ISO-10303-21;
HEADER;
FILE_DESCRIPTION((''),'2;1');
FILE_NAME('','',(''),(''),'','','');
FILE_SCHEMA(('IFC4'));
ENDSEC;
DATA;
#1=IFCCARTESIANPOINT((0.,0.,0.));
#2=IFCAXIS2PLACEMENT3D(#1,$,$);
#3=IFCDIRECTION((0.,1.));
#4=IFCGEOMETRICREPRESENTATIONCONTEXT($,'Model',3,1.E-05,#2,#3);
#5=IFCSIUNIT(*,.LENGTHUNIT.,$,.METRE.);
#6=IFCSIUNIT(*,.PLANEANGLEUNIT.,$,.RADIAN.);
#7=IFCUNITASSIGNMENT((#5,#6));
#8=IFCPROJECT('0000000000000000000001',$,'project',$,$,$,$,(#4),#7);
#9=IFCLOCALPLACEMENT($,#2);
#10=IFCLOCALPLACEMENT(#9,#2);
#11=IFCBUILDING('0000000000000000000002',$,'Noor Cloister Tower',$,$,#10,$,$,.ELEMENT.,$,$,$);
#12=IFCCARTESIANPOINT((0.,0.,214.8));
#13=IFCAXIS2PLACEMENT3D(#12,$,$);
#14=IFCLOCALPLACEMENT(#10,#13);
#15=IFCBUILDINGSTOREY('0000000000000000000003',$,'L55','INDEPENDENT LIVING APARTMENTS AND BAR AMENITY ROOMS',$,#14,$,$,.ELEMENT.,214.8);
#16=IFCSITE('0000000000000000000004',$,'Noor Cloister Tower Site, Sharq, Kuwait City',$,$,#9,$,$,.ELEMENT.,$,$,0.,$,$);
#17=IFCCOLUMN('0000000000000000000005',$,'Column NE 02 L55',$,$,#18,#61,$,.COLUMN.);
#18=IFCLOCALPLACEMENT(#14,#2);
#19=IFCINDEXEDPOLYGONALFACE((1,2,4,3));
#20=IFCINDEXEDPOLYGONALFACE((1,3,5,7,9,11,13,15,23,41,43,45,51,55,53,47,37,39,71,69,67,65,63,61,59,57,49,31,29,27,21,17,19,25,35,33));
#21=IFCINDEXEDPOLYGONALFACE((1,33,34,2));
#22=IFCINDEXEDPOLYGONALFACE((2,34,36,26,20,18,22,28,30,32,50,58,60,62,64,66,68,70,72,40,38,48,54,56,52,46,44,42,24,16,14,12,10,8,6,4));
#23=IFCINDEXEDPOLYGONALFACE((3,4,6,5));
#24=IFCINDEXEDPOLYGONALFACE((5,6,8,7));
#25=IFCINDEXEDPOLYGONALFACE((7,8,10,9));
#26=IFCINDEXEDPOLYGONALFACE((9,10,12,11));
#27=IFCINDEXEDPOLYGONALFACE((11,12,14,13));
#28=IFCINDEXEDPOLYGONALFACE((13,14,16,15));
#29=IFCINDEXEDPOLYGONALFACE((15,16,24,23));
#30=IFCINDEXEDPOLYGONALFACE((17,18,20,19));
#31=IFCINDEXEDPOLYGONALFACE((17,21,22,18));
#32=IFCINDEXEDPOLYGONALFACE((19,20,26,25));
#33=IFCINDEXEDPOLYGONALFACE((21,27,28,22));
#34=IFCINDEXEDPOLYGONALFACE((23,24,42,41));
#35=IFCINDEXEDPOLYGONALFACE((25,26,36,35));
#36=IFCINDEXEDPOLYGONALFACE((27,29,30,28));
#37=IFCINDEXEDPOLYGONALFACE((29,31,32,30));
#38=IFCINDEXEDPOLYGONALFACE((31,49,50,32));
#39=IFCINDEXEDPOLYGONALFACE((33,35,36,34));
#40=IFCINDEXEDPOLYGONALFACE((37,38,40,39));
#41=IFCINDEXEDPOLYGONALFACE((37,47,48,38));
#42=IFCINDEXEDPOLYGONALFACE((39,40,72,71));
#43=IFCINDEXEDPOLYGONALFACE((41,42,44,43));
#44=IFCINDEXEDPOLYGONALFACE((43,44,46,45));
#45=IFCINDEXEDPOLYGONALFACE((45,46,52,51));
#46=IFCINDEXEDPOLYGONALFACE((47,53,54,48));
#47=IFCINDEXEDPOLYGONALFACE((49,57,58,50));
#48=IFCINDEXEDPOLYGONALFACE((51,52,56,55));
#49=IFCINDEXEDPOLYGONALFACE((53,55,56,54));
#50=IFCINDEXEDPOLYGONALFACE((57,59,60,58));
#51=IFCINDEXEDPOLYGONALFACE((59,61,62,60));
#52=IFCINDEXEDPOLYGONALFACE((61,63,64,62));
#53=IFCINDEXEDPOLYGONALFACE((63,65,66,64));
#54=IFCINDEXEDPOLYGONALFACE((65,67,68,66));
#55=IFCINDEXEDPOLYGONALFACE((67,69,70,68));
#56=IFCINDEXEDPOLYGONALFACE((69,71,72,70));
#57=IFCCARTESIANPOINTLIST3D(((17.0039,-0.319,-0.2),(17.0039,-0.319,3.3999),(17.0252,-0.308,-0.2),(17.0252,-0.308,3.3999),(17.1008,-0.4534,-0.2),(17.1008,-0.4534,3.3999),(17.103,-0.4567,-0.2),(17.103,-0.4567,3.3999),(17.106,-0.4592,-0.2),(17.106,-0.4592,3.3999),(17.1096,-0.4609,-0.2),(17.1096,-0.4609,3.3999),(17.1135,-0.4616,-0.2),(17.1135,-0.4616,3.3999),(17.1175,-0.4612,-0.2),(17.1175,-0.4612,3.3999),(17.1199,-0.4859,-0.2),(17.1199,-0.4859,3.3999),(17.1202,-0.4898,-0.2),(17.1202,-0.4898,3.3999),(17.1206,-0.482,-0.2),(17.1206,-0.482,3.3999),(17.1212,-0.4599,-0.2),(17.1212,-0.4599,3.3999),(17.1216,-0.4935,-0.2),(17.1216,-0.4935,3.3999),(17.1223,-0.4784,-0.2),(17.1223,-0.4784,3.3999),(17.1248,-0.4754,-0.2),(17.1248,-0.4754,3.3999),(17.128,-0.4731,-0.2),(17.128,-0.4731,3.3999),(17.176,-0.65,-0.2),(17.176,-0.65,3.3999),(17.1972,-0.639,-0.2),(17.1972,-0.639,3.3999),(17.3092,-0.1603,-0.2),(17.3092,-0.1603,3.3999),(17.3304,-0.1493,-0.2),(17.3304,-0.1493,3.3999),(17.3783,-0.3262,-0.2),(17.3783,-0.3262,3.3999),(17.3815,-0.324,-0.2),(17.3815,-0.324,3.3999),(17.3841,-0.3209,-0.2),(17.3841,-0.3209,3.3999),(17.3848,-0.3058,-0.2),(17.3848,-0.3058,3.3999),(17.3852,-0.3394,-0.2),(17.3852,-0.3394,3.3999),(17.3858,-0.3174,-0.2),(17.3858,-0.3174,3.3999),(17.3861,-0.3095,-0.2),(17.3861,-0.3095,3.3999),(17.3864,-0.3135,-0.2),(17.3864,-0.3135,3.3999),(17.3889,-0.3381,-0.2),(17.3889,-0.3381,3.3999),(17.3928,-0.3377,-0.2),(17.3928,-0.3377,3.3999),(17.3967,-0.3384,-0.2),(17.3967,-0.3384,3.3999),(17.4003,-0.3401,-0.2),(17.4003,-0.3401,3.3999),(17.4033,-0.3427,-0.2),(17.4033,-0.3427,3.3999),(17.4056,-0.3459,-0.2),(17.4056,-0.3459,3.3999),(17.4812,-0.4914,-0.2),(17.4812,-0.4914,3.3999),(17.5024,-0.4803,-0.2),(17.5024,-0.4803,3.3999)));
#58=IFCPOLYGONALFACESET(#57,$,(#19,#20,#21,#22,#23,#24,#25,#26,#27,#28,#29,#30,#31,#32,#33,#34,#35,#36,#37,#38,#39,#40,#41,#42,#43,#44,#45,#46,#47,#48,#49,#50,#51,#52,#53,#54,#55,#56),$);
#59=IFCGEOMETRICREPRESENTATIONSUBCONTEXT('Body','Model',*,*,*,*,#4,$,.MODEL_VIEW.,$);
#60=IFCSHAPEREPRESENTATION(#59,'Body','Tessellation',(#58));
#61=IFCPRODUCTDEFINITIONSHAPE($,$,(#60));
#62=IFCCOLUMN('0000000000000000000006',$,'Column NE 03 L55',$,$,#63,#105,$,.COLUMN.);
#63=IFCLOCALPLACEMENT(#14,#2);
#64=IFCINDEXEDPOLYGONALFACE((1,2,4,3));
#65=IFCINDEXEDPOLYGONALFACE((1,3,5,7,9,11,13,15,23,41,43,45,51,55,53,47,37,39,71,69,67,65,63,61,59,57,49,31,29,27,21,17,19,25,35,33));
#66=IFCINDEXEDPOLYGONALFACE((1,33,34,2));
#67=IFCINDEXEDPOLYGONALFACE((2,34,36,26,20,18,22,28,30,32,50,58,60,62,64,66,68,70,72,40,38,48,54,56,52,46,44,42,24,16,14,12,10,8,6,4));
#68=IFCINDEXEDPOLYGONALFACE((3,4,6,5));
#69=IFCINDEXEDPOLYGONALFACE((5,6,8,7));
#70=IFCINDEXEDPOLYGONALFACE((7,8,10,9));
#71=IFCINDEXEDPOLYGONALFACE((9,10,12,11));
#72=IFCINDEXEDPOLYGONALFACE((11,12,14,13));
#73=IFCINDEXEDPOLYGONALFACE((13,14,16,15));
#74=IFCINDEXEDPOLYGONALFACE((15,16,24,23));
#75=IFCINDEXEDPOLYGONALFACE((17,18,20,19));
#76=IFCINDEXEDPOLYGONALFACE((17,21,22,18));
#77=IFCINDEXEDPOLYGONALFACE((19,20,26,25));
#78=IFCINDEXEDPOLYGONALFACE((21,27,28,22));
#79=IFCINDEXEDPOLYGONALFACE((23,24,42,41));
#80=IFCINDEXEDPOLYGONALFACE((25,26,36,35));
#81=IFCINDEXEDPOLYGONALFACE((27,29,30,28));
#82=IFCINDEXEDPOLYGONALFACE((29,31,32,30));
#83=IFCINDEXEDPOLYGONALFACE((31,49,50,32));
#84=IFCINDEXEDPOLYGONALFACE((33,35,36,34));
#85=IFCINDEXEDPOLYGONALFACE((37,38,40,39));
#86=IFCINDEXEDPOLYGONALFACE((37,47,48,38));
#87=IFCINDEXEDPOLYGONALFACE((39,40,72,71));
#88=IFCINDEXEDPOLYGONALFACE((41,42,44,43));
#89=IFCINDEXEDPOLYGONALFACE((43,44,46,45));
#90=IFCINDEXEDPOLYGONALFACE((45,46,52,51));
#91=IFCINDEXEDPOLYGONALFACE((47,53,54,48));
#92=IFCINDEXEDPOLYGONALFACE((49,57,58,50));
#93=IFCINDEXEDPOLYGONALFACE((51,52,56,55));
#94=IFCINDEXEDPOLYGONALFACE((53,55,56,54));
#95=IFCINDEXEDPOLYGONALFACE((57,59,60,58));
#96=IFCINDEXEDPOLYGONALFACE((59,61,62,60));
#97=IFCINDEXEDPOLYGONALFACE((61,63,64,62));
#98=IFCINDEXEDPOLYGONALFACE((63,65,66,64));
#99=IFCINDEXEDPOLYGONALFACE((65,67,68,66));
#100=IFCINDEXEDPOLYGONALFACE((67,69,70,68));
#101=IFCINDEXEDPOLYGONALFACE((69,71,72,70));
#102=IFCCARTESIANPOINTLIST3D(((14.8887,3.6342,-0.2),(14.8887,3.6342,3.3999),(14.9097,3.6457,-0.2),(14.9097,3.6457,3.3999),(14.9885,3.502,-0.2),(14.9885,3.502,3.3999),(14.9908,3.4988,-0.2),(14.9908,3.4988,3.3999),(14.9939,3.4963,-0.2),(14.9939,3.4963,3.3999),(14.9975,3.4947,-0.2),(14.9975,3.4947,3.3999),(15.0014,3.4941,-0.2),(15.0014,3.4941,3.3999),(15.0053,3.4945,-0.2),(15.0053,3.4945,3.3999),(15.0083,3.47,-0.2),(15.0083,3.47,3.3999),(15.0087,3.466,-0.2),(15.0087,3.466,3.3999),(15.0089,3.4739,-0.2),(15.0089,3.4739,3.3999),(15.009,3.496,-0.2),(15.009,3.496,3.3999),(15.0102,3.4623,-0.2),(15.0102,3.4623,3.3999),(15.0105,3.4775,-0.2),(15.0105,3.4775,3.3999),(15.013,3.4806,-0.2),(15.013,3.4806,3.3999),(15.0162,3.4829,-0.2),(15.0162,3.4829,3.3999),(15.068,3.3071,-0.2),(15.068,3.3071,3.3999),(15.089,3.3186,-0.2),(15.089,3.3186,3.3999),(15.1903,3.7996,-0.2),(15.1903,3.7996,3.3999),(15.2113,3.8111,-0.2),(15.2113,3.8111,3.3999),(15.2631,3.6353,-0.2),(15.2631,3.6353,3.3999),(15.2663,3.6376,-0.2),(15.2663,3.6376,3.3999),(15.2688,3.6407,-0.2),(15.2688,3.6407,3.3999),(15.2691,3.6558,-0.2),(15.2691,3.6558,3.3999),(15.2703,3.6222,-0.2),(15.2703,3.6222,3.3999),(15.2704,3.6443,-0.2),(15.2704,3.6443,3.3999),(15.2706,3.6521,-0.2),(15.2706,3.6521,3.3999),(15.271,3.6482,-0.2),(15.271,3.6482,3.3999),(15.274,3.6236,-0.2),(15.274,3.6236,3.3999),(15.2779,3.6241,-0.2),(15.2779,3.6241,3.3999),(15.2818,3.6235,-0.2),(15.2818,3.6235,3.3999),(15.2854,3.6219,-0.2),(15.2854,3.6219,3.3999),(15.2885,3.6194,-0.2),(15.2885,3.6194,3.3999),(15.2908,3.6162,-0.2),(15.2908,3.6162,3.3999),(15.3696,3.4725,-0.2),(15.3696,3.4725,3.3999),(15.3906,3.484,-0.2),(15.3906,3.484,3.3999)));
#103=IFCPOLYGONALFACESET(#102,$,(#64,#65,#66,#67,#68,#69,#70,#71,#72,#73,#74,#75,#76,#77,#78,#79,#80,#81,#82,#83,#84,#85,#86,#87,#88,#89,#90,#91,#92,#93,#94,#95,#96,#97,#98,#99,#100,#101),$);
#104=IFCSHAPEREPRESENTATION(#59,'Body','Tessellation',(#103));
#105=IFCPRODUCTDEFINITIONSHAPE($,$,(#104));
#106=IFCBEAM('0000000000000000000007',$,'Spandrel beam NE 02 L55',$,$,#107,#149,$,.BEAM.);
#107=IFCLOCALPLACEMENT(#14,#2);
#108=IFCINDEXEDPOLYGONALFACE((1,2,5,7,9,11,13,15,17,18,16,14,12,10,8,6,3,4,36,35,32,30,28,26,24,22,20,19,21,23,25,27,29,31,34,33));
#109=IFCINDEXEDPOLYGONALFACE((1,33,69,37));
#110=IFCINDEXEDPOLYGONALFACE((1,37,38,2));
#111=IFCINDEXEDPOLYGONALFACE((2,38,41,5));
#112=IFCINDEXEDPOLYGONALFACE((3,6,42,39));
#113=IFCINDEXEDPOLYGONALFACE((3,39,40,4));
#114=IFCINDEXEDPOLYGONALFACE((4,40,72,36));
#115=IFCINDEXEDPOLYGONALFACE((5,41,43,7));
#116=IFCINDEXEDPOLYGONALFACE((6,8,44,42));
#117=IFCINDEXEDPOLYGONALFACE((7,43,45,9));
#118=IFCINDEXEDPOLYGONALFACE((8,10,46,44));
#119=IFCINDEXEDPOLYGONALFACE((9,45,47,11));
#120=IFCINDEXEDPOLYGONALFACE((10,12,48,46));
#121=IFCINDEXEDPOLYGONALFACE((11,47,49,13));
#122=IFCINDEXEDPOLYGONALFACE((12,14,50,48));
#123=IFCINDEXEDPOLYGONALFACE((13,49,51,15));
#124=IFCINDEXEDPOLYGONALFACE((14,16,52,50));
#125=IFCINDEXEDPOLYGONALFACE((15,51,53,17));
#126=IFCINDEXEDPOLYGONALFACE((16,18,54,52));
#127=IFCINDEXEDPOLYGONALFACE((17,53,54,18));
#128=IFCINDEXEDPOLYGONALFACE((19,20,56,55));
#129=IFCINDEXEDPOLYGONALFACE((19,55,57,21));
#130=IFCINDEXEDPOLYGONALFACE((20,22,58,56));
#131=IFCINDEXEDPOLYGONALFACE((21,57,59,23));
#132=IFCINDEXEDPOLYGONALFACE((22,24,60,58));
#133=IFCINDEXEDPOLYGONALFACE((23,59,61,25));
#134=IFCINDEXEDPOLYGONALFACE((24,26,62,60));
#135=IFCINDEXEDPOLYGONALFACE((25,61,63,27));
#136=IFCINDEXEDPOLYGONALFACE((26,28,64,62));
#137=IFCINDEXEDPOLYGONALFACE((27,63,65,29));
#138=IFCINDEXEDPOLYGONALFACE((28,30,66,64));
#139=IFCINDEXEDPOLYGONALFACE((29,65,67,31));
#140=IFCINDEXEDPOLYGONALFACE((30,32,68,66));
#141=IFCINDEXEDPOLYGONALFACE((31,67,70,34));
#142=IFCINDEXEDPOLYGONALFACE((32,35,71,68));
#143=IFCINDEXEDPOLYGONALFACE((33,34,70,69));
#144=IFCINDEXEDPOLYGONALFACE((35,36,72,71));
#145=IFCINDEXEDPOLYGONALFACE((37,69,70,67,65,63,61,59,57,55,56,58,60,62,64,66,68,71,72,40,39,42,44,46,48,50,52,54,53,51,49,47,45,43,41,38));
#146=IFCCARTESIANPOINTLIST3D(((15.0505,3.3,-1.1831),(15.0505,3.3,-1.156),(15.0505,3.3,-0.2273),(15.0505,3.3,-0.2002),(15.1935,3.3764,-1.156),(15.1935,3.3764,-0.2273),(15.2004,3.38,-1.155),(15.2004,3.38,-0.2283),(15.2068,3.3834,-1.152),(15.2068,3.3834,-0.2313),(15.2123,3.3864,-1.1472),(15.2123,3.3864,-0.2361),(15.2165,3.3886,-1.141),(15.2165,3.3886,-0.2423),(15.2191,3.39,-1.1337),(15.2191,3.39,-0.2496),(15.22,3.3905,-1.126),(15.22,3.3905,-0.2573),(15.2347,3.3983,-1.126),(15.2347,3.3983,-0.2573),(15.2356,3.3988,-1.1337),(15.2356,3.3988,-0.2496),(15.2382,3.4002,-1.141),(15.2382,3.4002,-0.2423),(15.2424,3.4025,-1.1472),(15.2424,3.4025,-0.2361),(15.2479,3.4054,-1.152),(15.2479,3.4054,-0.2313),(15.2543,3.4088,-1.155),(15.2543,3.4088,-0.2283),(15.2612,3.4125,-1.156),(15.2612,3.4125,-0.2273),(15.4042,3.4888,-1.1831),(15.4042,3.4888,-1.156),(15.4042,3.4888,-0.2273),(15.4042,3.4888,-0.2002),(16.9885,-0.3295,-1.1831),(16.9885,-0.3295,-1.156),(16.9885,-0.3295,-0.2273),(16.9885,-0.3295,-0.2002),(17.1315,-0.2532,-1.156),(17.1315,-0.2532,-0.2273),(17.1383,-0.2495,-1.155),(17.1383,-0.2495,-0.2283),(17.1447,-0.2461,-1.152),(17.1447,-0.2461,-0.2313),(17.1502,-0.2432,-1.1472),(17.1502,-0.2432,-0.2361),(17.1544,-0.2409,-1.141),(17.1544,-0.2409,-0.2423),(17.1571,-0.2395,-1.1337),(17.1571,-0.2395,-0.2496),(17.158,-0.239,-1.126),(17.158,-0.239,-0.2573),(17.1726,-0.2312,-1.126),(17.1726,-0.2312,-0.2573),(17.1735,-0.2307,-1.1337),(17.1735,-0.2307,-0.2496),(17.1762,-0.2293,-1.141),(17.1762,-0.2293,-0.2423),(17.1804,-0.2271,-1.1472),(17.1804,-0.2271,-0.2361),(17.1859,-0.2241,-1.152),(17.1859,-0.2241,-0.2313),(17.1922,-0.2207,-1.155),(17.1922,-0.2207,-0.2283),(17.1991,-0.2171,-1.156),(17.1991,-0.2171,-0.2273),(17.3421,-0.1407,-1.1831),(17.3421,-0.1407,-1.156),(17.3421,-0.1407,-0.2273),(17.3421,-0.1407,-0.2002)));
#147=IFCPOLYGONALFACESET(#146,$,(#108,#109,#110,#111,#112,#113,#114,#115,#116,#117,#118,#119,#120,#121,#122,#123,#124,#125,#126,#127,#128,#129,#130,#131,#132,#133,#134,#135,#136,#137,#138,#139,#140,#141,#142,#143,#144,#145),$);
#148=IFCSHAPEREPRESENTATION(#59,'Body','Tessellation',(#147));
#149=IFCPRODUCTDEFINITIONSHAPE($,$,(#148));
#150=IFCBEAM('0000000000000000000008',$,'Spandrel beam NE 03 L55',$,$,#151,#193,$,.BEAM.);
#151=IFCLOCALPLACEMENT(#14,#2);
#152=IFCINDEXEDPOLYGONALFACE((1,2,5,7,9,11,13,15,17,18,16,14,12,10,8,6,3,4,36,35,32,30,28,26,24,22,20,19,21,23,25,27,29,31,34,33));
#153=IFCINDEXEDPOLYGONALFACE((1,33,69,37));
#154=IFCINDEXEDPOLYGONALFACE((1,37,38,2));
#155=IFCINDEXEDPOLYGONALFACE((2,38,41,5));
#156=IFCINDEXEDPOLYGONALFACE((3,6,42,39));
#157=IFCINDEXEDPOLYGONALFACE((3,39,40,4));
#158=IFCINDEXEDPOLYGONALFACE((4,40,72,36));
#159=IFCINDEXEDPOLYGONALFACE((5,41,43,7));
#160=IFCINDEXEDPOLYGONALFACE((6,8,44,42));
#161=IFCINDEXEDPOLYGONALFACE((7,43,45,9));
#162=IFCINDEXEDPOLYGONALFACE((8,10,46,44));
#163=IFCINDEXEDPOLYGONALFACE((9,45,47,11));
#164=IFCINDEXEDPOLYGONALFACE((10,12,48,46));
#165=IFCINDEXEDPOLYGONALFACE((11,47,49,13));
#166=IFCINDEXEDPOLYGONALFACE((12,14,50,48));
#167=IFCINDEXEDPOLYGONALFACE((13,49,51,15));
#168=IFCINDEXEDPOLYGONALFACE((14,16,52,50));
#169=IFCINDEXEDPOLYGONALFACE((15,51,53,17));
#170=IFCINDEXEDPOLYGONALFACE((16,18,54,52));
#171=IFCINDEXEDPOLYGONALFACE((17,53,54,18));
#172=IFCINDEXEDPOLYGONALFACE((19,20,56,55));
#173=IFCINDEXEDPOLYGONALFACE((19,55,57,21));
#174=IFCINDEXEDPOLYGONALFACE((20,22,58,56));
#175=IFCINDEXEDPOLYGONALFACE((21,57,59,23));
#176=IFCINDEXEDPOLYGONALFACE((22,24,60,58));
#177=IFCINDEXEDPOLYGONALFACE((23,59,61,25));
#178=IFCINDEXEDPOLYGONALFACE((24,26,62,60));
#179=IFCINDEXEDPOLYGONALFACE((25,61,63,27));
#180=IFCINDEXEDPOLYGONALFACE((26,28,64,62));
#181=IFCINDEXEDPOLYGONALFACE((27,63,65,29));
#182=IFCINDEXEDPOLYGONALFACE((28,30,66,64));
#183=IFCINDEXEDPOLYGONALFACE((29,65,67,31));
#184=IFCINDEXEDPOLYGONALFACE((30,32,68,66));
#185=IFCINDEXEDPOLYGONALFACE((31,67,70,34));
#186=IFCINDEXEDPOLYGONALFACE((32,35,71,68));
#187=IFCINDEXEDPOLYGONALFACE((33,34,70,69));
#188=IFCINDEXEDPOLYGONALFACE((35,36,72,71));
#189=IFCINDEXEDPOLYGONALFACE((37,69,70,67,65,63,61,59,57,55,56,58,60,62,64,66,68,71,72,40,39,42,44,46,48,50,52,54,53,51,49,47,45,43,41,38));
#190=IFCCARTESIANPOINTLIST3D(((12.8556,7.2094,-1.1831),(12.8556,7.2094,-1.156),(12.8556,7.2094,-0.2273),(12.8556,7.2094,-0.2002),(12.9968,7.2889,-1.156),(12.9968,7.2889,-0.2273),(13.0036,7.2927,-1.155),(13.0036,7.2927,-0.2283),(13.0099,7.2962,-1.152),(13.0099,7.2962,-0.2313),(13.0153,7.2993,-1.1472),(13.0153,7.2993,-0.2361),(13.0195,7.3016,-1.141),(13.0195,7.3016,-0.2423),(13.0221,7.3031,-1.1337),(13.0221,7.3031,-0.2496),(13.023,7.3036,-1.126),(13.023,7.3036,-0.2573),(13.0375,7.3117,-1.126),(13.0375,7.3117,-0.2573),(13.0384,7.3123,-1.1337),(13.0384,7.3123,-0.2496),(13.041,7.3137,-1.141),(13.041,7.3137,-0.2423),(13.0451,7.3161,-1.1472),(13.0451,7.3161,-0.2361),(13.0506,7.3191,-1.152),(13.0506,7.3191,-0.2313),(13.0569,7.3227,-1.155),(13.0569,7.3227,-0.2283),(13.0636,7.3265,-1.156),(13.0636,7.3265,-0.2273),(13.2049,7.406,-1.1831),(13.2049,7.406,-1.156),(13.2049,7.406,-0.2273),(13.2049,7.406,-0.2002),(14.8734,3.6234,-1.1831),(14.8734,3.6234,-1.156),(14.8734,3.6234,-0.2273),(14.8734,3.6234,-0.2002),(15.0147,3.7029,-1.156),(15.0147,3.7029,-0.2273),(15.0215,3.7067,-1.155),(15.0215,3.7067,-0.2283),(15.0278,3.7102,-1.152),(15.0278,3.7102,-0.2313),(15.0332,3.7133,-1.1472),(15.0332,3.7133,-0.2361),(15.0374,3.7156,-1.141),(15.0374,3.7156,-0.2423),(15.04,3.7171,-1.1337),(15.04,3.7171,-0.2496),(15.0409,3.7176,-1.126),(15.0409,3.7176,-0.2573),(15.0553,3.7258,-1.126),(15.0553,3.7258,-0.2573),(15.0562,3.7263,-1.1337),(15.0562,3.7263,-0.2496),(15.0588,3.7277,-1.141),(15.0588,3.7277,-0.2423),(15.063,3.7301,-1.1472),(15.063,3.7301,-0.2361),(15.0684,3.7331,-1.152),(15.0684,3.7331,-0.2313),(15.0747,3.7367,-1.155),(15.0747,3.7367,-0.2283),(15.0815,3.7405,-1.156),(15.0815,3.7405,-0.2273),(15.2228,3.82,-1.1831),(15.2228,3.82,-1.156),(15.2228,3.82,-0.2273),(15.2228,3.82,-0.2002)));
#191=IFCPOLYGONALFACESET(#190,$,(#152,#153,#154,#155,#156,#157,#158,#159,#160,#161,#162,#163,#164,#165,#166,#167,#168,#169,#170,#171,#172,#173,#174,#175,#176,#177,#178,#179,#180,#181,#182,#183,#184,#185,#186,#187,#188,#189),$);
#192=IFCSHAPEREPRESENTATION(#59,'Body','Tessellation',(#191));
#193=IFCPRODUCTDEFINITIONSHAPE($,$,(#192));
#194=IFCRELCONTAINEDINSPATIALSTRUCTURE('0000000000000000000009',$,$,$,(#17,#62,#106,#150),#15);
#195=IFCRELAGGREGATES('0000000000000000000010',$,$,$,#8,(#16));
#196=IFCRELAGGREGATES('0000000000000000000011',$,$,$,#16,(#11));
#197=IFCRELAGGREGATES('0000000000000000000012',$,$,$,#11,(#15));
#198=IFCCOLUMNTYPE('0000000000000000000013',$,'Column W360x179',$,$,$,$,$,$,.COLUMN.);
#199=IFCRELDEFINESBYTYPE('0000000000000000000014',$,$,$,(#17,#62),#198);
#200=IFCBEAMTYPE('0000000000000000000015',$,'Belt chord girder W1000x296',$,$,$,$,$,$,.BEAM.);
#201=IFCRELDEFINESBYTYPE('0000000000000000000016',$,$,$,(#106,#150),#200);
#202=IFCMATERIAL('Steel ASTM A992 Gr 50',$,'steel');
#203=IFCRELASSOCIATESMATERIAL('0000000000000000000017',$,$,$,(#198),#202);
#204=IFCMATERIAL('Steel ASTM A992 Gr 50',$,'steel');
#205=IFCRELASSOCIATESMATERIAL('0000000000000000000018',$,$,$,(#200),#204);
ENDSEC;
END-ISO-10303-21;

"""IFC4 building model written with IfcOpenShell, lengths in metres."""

from ifc_helpers import new_model, si_unit, direction, frame, origin, origin_2d, place, context, subcontext, project, spatial, i_section, extrude, material, material_profile, profile_set, type_object, element, save


model = new_model("IFC4")

# Units and contexts
model_context = context("Model", 3, precision=1e-05, world=origin(), true_north=direction((0.0, 1.0)))
body_context = subcontext(model_context, "Body", "Model", "MODEL_VIEW")
ifc_project = project(units=[si_unit("LENGTHUNIT", "METRE"), si_unit("PLANEANGLEUNIT", "RADIAN")], contexts=[model_context])

# Site, building, storey
site_placement = place(None, origin())
site = spatial("IfcSite", under=ifc_project, at=site_placement, Name="Noor Cloister Tower Site, Sharq, Kuwait City", CompositionType="ELEMENT", RefElevation=0.0)
building_placement = place(site_placement, origin())
building = spatial("IfcBuilding", under=site, at=building_placement, Name="Noor Cloister Tower", CompositionType="ELEMENT")
storey_placement = place(building_placement, frame((0.0, 0.0, 214.8)))
storey = spatial("IfcBuildingStorey", under=building, at=storey_placement, Name="L55", Description="INDEPENDENT LIVING APARTMENTS AND BAR AMENITY ROOMS", CompositionType="ELEMENT", Elevation=214.8)

# Columns
ifc_material_1 = material(Name="Steel ASTM A992 Gr 50", Category="steel")
ifc_material_profile_1 = material_profile(ifc_material_1, i_section(OverallWidth=0.373, OverallDepth=0.3679, WebThickness=0.0149, FlangeThickness=0.0239, FilletRadius=0.0151, at=origin_2d()), Name="W360x179")
ifc_profile_set_1 = profile_set([ifc_material_profile_1], Name="Steel ASTM A992 Gr 50")
column_type = type_object("IfcColumnType", Name="Column W360x179", PredefinedType="COLUMN", material=ifc_profile_set_1)
for number, where, z_axis, x_axis, name in (
    (1, (17.2532, -0.3997, -0.2), (0.0, 0.0, 1.0), (-0.461186, 0.887303, 0.0), "Column NE 02 L55"),
    (2, (15.1396, 3.5591, -0.2), (0.0, 0.0, 1.0), (-0.480711, 0.876879, 0.0), "Column NE 03 L55"),
):
    element("IfcColumn", number, at=place(storey_placement, frame(where, z_axis=z_axis, x_axis=x_axis)), inside=storey, type_object=column_type, Name=name, PredefinedType="COLUMN", context=body_context, shape_type="SweptSolid", body=[
        extrude(i_section(OverallWidth=0.373, OverallDepth=0.3679, WebThickness=0.0149, FlangeThickness=0.0239, FilletRadius=0.0151, at=origin_2d()), origin(), (0.0, 0.0, 1.0), 3.5999),
    ])

# Beams
ifc_material_2 = material(Name="Steel ASTM A992 Gr 50", Category="steel")
ifc_material_profile_2 = material_profile(ifc_material_2, i_section(OverallWidth=0.4009, OverallDepth=0.9829, WebThickness=0.0166, FlangeThickness=0.0271, FilletRadius=0.03, at=origin_2d()), Name="W1000x296")
ifc_profile_set_2 = profile_set([ifc_material_profile_2], Name="Steel ASTM A992 Gr 50")
beam_type_1 = type_object("IfcBeamType", Name="Belt chord girder W1000x296", PredefinedType="BEAM", material=ifc_profile_set_2)
beam_1_placement = place(storey_placement, frame((17.1653, -0.2351, -0.6917), z_axis=(-0.471001, 0.882133, 0.0), x_axis=(-0.882133, -0.471001, 0.0)))
element("IfcBeam", 3, at=beam_1_placement, inside=storey, type_object=beam_type_1, Name="Spandrel beam NE 02 L55", PredefinedType="BEAM", context=body_context, shape_type="SweptSolid", body=[
    extrude(i_section(OverallWidth=0.4009, OverallDepth=0.9829, WebThickness=0.0166, FlangeThickness=0.0271, FilletRadius=0.03, at=origin_2d()), origin(), (0.0, 0.0, 1.0), 4.1145),
])
beam_2_placement = place(storey_placement, frame((15.0481, 3.7217, -0.6917), z_axis=(-0.490396, 0.871499, 0.0), x_axis=(-0.871499, -0.490396, 0.0)))
element("IfcBeam", 4, at=beam_2_placement, inside=storey, type_object=beam_type_1, Name="Spandrel beam NE 03 L55", PredefinedType="BEAM", context=body_context, shape_type="SweptSolid", body=[
    extrude(i_section(OverallWidth=0.4009, OverallDepth=0.9829, WebThickness=0.0166, FlangeThickness=0.0271, FilletRadius=0.03, at=origin_2d()), origin(), (0.0, 0.0, 1.0), 4.1147),
])

save(model, "model.ifc")
